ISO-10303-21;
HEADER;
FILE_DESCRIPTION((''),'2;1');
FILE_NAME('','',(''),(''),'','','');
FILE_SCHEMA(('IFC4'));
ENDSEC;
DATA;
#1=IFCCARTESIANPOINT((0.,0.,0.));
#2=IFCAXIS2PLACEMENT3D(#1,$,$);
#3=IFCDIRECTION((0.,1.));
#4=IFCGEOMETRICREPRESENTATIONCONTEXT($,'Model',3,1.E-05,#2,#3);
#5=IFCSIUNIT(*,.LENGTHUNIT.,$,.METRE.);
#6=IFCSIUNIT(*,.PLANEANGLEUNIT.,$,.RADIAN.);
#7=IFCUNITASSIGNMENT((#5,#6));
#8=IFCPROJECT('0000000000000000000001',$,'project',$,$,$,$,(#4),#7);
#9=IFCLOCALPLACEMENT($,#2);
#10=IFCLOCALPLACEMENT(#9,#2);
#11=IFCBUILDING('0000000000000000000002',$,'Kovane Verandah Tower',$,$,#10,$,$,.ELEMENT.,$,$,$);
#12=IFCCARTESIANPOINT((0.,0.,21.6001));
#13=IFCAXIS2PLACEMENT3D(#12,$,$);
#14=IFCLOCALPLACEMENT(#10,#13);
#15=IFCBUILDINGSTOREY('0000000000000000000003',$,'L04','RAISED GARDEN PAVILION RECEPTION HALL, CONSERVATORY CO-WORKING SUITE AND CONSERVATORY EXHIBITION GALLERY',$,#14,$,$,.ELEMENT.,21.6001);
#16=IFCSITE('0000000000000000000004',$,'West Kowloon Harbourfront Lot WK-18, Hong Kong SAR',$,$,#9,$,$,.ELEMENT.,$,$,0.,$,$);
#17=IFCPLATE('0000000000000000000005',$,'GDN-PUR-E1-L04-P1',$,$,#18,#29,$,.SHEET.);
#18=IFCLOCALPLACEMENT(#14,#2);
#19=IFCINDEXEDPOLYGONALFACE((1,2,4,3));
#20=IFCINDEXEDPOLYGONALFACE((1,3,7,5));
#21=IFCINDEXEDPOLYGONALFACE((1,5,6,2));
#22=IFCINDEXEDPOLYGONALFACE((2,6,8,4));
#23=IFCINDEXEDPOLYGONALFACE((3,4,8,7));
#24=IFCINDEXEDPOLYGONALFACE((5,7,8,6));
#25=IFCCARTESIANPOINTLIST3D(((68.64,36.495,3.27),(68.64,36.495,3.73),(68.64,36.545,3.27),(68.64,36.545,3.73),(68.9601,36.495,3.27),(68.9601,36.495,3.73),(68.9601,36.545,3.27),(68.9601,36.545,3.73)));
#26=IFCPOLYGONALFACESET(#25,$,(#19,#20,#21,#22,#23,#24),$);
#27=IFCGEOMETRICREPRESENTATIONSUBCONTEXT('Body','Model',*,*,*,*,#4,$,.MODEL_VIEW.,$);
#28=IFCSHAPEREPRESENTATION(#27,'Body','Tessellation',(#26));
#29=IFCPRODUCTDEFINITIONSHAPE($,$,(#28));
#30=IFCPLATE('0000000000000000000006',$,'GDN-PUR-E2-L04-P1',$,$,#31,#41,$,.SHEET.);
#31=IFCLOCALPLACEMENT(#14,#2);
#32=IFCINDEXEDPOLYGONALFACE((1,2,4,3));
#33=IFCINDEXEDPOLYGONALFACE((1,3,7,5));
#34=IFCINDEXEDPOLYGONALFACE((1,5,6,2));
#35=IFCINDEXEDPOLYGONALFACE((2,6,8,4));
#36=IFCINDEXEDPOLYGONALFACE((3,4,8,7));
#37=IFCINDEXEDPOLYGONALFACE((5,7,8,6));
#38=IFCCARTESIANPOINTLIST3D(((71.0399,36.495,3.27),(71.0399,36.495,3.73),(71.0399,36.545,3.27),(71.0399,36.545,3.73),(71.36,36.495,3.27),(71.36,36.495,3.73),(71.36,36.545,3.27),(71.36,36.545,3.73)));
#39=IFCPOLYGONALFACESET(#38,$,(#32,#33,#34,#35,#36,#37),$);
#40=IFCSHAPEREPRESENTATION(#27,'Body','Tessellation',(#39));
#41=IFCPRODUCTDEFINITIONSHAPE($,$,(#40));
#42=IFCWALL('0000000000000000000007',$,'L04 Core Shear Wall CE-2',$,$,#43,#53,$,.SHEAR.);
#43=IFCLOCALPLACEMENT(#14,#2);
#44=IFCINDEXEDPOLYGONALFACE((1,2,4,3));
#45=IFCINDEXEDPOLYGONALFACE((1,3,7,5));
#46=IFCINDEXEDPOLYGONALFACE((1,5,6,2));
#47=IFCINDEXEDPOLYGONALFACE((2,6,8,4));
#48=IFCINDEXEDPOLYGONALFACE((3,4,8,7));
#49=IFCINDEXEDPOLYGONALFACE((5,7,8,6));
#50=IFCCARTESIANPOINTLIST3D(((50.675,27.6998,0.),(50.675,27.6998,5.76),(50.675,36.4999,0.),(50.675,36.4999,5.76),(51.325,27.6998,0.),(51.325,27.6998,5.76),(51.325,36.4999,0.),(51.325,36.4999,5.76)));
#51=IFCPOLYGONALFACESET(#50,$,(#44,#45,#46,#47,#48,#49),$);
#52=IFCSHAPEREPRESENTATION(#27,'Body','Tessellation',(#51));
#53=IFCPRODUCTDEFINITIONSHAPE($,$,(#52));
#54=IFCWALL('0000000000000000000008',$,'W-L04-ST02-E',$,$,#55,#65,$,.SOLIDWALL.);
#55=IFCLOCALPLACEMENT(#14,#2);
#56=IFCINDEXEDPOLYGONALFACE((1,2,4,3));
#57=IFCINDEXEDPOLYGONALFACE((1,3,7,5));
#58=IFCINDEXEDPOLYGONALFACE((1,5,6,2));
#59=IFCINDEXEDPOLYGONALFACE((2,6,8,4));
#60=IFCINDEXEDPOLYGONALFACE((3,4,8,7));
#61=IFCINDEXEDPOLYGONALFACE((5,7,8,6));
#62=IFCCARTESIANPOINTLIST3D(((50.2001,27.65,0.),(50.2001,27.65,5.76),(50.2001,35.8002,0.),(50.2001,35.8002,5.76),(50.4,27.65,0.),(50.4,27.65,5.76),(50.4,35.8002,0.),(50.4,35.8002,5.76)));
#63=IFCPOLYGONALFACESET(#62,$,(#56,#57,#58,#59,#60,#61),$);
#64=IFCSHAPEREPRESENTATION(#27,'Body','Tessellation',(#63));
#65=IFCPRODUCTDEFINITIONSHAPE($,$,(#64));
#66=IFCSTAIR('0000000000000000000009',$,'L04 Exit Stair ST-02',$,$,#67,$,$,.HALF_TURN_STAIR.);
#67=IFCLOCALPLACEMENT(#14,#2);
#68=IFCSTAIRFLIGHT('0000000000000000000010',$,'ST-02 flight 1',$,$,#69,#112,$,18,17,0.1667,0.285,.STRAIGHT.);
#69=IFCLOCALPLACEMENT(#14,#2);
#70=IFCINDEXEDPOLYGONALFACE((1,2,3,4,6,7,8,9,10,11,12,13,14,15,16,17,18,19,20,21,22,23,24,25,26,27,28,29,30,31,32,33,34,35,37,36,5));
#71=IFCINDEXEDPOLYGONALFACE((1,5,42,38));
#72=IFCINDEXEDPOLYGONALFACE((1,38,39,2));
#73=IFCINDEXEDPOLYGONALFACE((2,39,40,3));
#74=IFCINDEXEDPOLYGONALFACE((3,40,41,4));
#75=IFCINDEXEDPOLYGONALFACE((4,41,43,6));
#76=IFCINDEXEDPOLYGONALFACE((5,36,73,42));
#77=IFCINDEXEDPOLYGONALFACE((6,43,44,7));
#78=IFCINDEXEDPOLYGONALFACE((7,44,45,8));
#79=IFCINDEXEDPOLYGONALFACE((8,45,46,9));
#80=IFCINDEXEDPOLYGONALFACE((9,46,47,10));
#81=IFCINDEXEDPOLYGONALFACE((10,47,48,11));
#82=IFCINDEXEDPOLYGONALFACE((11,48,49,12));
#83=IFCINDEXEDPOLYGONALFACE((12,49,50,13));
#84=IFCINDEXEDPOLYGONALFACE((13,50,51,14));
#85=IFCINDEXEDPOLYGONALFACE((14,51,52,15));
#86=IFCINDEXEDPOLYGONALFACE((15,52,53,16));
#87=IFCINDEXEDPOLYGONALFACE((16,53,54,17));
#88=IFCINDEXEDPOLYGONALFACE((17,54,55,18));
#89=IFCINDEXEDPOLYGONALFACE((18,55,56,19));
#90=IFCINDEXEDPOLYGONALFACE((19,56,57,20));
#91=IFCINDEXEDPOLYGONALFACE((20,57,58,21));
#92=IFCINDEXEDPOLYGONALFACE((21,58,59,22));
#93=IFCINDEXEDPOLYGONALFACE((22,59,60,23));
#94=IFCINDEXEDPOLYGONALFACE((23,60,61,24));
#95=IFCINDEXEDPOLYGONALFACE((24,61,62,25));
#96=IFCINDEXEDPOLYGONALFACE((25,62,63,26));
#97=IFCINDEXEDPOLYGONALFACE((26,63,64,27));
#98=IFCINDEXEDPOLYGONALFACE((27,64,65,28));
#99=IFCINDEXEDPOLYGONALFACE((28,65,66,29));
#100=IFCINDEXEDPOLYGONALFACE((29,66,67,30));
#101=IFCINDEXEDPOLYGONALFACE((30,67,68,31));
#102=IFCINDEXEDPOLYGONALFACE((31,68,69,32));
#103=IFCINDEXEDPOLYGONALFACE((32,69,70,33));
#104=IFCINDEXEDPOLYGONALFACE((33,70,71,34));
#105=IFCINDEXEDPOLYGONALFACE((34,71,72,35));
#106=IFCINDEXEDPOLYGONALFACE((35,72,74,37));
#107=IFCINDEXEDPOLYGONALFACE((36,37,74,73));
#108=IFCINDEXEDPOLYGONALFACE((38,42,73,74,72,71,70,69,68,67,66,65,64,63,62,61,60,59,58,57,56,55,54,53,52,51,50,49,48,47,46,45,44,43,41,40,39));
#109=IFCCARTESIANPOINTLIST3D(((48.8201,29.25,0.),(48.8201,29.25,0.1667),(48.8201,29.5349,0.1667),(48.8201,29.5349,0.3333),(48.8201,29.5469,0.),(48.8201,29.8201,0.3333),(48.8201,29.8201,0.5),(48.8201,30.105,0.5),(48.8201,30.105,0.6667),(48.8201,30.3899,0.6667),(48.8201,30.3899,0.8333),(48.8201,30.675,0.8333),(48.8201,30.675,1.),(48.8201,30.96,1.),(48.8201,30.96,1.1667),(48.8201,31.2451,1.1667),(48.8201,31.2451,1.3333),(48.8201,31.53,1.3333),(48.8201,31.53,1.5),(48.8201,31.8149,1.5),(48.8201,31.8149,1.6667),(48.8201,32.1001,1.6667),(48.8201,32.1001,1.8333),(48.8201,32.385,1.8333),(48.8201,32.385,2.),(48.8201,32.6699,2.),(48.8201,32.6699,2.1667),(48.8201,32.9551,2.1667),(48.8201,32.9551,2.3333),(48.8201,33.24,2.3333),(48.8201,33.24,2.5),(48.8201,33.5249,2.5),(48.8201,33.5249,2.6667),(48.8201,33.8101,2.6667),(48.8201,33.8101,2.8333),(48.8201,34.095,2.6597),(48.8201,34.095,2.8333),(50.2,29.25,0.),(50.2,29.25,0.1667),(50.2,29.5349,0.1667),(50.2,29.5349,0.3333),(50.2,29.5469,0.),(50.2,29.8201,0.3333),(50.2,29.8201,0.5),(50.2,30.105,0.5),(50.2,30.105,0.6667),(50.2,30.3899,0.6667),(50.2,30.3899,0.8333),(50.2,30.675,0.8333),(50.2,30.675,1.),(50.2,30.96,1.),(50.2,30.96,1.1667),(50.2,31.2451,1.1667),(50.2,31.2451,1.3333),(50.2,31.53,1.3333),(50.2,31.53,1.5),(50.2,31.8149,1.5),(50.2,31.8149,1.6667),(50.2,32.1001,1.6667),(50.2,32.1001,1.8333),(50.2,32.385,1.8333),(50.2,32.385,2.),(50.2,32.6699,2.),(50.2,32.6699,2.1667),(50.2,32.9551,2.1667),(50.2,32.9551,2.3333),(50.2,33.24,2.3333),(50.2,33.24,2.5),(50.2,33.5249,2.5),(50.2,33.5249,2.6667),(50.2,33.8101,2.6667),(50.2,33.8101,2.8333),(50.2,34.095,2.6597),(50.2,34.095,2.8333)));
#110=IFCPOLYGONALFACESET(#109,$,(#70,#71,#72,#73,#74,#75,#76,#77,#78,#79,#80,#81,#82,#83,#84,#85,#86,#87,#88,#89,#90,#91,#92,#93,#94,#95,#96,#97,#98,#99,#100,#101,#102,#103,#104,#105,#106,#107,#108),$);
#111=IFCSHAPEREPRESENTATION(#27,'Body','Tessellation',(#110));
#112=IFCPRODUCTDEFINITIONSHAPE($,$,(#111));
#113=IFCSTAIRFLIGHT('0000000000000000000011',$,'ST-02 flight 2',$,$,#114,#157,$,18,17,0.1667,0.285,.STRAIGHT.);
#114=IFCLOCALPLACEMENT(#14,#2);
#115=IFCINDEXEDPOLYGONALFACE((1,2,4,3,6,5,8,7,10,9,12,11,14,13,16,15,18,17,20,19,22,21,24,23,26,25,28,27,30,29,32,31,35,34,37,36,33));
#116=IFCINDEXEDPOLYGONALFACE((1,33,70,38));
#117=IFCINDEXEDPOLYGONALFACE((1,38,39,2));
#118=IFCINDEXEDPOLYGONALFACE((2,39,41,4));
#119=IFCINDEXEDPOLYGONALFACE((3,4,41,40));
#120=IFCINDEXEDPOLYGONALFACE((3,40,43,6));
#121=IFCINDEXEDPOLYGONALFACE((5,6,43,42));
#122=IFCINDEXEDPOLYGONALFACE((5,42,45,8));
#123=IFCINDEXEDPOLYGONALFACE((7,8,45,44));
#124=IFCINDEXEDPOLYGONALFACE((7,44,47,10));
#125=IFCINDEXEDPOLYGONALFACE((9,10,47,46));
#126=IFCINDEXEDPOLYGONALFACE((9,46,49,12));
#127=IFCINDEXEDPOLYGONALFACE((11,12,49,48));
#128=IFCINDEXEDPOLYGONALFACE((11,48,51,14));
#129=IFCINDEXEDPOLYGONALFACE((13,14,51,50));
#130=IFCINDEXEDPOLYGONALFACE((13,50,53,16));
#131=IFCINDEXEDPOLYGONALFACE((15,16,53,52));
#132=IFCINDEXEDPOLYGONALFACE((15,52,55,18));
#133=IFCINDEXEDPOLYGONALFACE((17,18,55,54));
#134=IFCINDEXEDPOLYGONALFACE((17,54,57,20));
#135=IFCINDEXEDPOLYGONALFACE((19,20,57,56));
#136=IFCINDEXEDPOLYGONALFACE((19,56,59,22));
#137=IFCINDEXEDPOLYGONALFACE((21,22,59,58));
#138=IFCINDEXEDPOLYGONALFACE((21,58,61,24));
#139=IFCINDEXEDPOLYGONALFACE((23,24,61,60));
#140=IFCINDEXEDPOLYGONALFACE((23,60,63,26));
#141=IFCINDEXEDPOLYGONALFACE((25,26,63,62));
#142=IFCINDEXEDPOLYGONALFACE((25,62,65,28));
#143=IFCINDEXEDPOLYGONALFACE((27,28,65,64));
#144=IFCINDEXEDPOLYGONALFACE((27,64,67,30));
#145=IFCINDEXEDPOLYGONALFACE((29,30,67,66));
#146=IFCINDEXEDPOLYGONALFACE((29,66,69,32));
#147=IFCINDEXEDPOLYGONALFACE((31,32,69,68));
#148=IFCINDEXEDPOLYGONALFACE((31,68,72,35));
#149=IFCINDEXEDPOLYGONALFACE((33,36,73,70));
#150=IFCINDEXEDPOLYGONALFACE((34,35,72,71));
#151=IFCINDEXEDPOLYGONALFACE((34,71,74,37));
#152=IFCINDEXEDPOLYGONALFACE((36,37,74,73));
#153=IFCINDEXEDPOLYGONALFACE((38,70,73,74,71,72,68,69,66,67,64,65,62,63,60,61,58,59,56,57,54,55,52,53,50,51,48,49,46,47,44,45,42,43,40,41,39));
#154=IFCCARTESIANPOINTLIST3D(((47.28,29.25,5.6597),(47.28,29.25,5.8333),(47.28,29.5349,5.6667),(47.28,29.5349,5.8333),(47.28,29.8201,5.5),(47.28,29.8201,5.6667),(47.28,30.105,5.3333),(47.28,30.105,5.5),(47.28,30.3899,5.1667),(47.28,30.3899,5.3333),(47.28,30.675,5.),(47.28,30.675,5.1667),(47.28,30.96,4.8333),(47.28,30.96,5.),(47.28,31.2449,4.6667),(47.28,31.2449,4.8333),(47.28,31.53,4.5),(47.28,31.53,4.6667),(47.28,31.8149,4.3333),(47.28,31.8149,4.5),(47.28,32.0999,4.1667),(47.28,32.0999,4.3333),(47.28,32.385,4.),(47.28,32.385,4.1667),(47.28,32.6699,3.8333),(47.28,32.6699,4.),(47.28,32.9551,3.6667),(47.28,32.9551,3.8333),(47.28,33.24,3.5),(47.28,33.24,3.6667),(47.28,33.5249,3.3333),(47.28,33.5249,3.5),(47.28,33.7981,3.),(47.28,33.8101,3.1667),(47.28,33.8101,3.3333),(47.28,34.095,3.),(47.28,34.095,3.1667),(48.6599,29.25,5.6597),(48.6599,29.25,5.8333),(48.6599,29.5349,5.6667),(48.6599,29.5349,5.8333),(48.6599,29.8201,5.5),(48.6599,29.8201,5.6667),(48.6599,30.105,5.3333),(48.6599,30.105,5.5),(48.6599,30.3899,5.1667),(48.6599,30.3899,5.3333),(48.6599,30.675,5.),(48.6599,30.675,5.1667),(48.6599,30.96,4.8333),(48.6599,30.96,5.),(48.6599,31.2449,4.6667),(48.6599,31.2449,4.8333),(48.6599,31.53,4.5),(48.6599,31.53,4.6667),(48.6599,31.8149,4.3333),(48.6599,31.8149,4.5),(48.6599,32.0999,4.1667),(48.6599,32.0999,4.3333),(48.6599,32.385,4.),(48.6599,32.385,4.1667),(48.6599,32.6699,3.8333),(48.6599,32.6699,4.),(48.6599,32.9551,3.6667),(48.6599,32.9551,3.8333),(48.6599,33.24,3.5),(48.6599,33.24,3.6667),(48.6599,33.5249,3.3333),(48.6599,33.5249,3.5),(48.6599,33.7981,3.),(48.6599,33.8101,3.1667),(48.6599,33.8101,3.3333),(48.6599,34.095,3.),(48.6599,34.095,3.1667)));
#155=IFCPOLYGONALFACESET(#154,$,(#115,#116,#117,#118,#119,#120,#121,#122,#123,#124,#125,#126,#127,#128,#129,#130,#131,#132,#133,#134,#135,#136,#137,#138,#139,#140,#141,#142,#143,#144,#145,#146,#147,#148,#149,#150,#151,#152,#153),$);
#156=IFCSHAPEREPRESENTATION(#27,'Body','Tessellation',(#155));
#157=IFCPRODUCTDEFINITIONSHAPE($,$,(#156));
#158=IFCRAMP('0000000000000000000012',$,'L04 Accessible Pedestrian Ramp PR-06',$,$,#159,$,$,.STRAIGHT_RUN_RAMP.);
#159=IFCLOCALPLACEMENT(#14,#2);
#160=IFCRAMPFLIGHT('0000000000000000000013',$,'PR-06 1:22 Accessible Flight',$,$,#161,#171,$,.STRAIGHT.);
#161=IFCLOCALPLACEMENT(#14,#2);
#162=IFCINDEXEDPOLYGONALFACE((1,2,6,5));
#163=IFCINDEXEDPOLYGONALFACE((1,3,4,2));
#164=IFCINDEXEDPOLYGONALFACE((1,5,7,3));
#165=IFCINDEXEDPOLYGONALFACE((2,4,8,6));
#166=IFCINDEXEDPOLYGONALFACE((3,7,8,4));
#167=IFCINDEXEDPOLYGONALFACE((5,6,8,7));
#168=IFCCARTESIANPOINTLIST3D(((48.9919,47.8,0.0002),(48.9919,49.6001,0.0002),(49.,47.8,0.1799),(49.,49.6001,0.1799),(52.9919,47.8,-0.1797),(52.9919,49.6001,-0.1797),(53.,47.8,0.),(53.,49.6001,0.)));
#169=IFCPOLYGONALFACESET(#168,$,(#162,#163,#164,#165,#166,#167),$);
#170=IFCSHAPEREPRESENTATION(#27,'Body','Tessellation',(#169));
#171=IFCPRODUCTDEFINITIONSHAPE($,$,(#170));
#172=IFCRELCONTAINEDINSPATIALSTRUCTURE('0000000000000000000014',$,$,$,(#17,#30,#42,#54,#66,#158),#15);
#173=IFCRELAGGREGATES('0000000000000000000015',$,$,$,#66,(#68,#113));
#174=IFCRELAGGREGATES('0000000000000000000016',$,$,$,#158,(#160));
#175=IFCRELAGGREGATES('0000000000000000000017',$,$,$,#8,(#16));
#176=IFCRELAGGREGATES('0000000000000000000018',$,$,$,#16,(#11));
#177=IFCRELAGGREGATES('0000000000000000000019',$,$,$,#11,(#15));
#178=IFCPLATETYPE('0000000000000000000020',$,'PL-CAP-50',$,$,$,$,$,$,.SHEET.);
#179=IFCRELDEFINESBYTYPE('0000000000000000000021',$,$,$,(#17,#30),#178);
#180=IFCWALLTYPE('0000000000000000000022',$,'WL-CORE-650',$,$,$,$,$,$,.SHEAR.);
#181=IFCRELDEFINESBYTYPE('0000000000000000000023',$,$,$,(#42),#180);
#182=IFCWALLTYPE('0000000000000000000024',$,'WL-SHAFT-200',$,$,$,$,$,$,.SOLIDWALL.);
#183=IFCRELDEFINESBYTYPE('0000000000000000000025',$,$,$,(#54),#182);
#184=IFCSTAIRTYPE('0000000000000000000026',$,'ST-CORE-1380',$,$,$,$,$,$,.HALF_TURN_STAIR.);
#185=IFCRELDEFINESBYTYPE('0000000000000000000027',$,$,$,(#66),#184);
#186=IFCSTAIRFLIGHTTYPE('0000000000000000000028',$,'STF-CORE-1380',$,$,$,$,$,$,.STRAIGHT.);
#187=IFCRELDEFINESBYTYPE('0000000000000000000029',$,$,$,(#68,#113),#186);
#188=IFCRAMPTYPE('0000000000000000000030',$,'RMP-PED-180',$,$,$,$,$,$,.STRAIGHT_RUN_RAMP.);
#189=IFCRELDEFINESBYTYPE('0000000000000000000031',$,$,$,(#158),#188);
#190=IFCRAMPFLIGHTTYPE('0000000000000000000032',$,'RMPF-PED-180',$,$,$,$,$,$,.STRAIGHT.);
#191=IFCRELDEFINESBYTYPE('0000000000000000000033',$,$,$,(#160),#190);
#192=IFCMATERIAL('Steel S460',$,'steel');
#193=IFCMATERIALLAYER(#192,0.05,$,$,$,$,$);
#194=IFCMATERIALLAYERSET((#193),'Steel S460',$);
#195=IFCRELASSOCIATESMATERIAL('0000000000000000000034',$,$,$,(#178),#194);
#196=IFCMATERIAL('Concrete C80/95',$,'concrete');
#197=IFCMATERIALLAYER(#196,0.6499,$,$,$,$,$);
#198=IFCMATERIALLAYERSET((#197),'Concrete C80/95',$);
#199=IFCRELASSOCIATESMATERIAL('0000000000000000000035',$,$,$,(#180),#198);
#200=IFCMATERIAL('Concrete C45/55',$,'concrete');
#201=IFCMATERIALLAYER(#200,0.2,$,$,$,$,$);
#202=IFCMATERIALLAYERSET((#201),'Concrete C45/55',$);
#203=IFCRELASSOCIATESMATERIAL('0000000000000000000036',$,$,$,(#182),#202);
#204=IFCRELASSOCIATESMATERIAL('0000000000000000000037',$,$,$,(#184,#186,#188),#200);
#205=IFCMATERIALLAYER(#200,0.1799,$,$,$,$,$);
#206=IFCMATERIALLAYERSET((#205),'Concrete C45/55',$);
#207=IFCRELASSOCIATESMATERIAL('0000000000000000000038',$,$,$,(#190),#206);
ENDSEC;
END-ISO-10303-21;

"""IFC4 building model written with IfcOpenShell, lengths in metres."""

from ifc_helpers import new_model, si_unit, direction, frame, frame_2d, origin, origin_2d, place, context, subcontext, project, spatial, polyline, rectangle, outline, extrude, material, layer, layer_set, type_object, element, aggregate, save


model = new_model("IFC4")

# Units and contexts
model_context = context("Model", 3, precision=1e-05, world=origin(), true_north=direction((0.0, 1.0)))
body_context = subcontext(model_context, "Body", "Model", "MODEL_VIEW")
ifc_project = project(units=[si_unit("LENGTHUNIT", "METRE"), si_unit("PLANEANGLEUNIT", "RADIAN")], contexts=[model_context])

# Site, building, storey
site_placement = place(None, origin())
site = spatial("IfcSite", under=ifc_project, at=site_placement, Name="West Kowloon Harbourfront Lot WK-18, Hong Kong SAR", CompositionType="ELEMENT", RefElevation=0.0)
building_placement = place(site_placement, origin())
building = spatial("IfcBuilding", under=site, at=building_placement, Name="Kovane Verandah Tower", CompositionType="ELEMENT")
storey_placement = place(building_placement, frame((0.0, 0.0, 21.6001)))
storey = spatial("IfcBuildingStorey", under=building, at=storey_placement, Name="L04", Description="RAISED GARDEN PAVILION RECEPTION HALL, CONSERVATORY CO-WORKING SUITE AND CONSERVATORY EXHIBITION GALLERY", CompositionType="ELEMENT", Elevation=21.6001)

# Shared definitions
ifc_material_1 = material(Name="Concrete C80/95", Category="concrete")
ifc_material_2 = material(Name="Steel S460", Category="steel")

# Plates
ifc_layer_1 = layer(ifc_material_2, 0.05)
ifc_layer_set_1 = layer_set([ifc_layer_1], Name="Steel S460")
plate_type = type_object("IfcPlateType", Name="PL-CAP-50", PredefinedType="SHEET", material=ifc_layer_set_1)
for number, where, z_axis, x_axis, name in (
    (1, (68.8, 36.52, 3.27), (0.0, 0.0, 1.0), (0.0, 1.0, 0.0), "GDN-PUR-E1-L04-P1"),
    (2, (71.2, 36.52, 3.27), (0.0, 0.0, 1.0), (0.0, 1.0, 0.0), "GDN-PUR-E2-L04-P1"),
):
    element("IfcPlate", number, at=place(storey_placement, frame(where, z_axis=z_axis, x_axis=x_axis)), inside=storey, type_object=plate_type, Name=name, PredefinedType="SHEET", context=body_context, shape_type="SweptSolid", body=[
        extrude(rectangle(XDim=0.05, YDim=0.3201, at=origin_2d()), origin(), (0.0, 0.0, 1.0), 0.46),
    ])

# Walls
ifc_layer_2 = layer(ifc_material_1, 0.6499)
ifc_layer_set_2 = layer_set([ifc_layer_2], Name="Concrete C80/95")
wall_type_1 = type_object("IfcWallType", Name="WL-CORE-650", PredefinedType="SHEAR", material=ifc_layer_set_2)
wall_1_placement = place(storey_placement, frame((51.0, 27.7, 0.0), z_axis=(0.0, 0.0, 1.0), x_axis=(0.0, 1.0, 0.0)))
element("IfcWall", 3, at=wall_1_placement, inside=storey, type_object=wall_type_1, Name="L04 Core Shear Wall CE-2", PredefinedType="SHEAR", context=body_context, shape_type="SweptSolid", body=[
    extrude(rectangle(XDim=8.8, YDim=0.6499, at=frame_2d((4.3999, 0.0))), origin(), (0.0, 0.0, 1.0), 5.76),
])
ifc_material_3 = material(Name="Concrete C45/55", Category="concrete")
ifc_layer_3 = layer(ifc_material_3, 0.2)
ifc_layer_set_3 = layer_set([ifc_layer_3], Name="Concrete C45/55")
wall_type_2 = type_object("IfcWallType", Name="WL-SHAFT-200", PredefinedType="SOLIDWALL", material=ifc_layer_set_3)
wall_2_placement = place(storey_placement, frame((50.3, 27.6499, 0.0), z_axis=(0.0, 0.0, 1.0), x_axis=(0.0, 1.0, 0.0)))
element("IfcWall", 4, at=wall_2_placement, inside=storey, type_object=wall_type_2, Name="W-L04-ST02-E", PredefinedType="SOLIDWALL", context=body_context, shape_type="SweptSolid", body=[
    extrude(rectangle(XDim=8.1501, YDim=0.2, at=frame_2d((4.0752, 0.0))), origin(), (0.0, 0.0, 1.0), 5.76),
])

# Stair, stair flights
stair_type = type_object("IfcStairType", Name="ST-CORE-1380", PredefinedType="HALF_TURN_STAIR", material=ifc_material_3)
stair_placement = place(storey_placement, origin())
stair = element("IfcStair", 5, at=stair_placement, inside=storey, type_object=stair_type, Name="L04 Exit Stair ST-02", PredefinedType="HALF_TURN_STAIR")
stair_flight_type = type_object("IfcStairFlightType", Name="STF-CORE-1380", PredefinedType="STRAIGHT", material=ifc_material_3)
stair_flight_1_placement = place(storey_placement, frame((49.51, 29.25, 0.0), z_axis=(0.0, 0.0, 1.0), x_axis=(0.0, 1.0, 0.0)))
stair_flight_1 = element("IfcStairFlight", 6, at=stair_flight_1_placement, type_object=stair_flight_type, Name="ST-02 flight 1", NumberOfRisers=18, NumberOfTreads=17, PredefinedType="STRAIGHT", RiserHeight=0.1667, TreadLength=0.285, context=body_context, shape_type="SweptSolid", body=[
    extrude(outline(polyline([(0.0, 0.0), (0.0, 0.1667), (0.2849, 0.1667), (0.2849, 0.3333), (0.5701, 0.3333), (0.5701, 0.5), (0.855, 0.5), (0.855, 0.6667), (1.1399, 0.6667), (1.1399, 0.8333), (1.425, 0.8333), (1.425, 1.0), (1.71, 1.0), (1.71, 1.1667), (1.9951, 1.1667), (1.9951, 1.3333), (2.28, 1.3333), (2.28, 1.5), (2.5649, 1.5), (2.5649, 1.6667), (2.8501, 1.6667), (2.8501, 1.8333), (3.135, 1.8333), (3.135, 2.0), (3.4199, 2.0), (3.4199, 2.1667), (3.7051, 2.1667), (3.7051, 2.3333), (3.99, 2.3333), (3.99, 2.5), (4.2749, 2.5), (4.2749, 2.6667), (4.5601, 2.6667), (4.5601, 2.8333), (4.845, 2.8333), (4.845, 3.0), (4.845, 2.6597), (0.2969, 0.0), (0.0, 0.0)])), frame((0.0, 0.6899, 0.0), z_axis=(0.0, -1.0, 0.0), x_axis=(1.0, 0.0, 0.0)), (0.0, 0.0, 1.0), 1.3799),
])
stair_flight_2_placement = place(storey_placement, frame((47.97, 34.095, 3.0), z_axis=(0.0, 0.0, 1.0), x_axis=(0.0, -1.0, 0.0)))
stair_flight_2 = element("IfcStairFlight", 7, at=stair_flight_2_placement, type_object=stair_flight_type, Name="ST-02 flight 2", NumberOfRisers=18, NumberOfTreads=17, PredefinedType="STRAIGHT", RiserHeight=0.1667, TreadLength=0.285, context=body_context, shape_type="SweptSolid", body=[
    extrude(outline(polyline([(0.0, 0.0), (0.0, 0.1667), (0.2849, 0.1667), (0.2849, 0.3333), (0.5701, 0.3333), (0.5701, 0.5), (0.855, 0.5), (0.855, 0.6667), (1.1399, 0.6667), (1.1399, 0.8333), (1.425, 0.8333), (1.425, 1.0), (1.71, 1.0), (1.71, 1.1667), (1.9951, 1.1667), (1.9951, 1.3333), (2.28, 1.3333), (2.28, 1.5), (2.5649, 1.5), (2.5649, 1.6667), (2.8501, 1.6667), (2.8501, 1.8333), (3.135, 1.8333), (3.135, 2.0), (3.4199, 2.0), (3.4199, 2.1667), (3.7051, 2.1667), (3.7051, 2.3333), (3.99, 2.3333), (3.99, 2.5), (4.2749, 2.5), (4.2749, 2.6667), (4.5601, 2.6667), (4.5601, 2.8333), (4.845, 2.8333), (4.845, 3.0), (4.845, 2.6597), (0.2969, 0.0), (0.0, 0.0)])), frame((0.0, 0.6899, 0.0), z_axis=(0.0, -1.0, 0.0), x_axis=(1.0, 0.0, 0.0)), (0.0, 0.0, 1.0), 1.3799),
])
aggregate(stair, [stair_flight_1, stair_flight_2])

# Ramp, ramp flight
ramp_type = type_object("IfcRampType", Name="RMP-PED-180", PredefinedType="STRAIGHT_RUN_RAMP", material=ifc_material_3)
ramp_placement = place(storey_placement, origin())
ramp = element("IfcRamp", 8, at=ramp_placement, inside=storey, type_object=ramp_type, Name="L04 Accessible Pedestrian Ramp PR-06", PredefinedType="STRAIGHT_RUN_RAMP")
ifc_layer_4 = layer(ifc_material_3, 0.1799)
ifc_layer_set_4 = layer_set([ifc_layer_4], Name="Concrete C45/55")
ramp_flight_type = type_object("IfcRampFlightType", Name="RMPF-PED-180", PredefinedType="STRAIGHT", material=ifc_layer_set_4)
ramp_flight_placement = place(storey_placement, frame((53.0, 47.8, 0.0), z_axis=(0.044937, 0.0, 0.99899), x_axis=(-0.99899, 0.0, 0.044937)))
ramp_flight = element("IfcRampFlight", 9, at=ramp_flight_placement, type_object=ramp_flight_type, Name="PR-06 1:22 Accessible Flight", PredefinedType="STRAIGHT", context=body_context, shape_type="SweptSolid", body=[
    extrude(outline(polyline([(0.0, 0.0), (4.004, 0.0), (4.004, -1.8), (0.0, -1.8), (0.0, 0.0)])), origin(), (0.0, 0.0, -1.0), 0.1799),
])
aggregate(ramp, [ramp_flight])

save(model, "model.ifc")
